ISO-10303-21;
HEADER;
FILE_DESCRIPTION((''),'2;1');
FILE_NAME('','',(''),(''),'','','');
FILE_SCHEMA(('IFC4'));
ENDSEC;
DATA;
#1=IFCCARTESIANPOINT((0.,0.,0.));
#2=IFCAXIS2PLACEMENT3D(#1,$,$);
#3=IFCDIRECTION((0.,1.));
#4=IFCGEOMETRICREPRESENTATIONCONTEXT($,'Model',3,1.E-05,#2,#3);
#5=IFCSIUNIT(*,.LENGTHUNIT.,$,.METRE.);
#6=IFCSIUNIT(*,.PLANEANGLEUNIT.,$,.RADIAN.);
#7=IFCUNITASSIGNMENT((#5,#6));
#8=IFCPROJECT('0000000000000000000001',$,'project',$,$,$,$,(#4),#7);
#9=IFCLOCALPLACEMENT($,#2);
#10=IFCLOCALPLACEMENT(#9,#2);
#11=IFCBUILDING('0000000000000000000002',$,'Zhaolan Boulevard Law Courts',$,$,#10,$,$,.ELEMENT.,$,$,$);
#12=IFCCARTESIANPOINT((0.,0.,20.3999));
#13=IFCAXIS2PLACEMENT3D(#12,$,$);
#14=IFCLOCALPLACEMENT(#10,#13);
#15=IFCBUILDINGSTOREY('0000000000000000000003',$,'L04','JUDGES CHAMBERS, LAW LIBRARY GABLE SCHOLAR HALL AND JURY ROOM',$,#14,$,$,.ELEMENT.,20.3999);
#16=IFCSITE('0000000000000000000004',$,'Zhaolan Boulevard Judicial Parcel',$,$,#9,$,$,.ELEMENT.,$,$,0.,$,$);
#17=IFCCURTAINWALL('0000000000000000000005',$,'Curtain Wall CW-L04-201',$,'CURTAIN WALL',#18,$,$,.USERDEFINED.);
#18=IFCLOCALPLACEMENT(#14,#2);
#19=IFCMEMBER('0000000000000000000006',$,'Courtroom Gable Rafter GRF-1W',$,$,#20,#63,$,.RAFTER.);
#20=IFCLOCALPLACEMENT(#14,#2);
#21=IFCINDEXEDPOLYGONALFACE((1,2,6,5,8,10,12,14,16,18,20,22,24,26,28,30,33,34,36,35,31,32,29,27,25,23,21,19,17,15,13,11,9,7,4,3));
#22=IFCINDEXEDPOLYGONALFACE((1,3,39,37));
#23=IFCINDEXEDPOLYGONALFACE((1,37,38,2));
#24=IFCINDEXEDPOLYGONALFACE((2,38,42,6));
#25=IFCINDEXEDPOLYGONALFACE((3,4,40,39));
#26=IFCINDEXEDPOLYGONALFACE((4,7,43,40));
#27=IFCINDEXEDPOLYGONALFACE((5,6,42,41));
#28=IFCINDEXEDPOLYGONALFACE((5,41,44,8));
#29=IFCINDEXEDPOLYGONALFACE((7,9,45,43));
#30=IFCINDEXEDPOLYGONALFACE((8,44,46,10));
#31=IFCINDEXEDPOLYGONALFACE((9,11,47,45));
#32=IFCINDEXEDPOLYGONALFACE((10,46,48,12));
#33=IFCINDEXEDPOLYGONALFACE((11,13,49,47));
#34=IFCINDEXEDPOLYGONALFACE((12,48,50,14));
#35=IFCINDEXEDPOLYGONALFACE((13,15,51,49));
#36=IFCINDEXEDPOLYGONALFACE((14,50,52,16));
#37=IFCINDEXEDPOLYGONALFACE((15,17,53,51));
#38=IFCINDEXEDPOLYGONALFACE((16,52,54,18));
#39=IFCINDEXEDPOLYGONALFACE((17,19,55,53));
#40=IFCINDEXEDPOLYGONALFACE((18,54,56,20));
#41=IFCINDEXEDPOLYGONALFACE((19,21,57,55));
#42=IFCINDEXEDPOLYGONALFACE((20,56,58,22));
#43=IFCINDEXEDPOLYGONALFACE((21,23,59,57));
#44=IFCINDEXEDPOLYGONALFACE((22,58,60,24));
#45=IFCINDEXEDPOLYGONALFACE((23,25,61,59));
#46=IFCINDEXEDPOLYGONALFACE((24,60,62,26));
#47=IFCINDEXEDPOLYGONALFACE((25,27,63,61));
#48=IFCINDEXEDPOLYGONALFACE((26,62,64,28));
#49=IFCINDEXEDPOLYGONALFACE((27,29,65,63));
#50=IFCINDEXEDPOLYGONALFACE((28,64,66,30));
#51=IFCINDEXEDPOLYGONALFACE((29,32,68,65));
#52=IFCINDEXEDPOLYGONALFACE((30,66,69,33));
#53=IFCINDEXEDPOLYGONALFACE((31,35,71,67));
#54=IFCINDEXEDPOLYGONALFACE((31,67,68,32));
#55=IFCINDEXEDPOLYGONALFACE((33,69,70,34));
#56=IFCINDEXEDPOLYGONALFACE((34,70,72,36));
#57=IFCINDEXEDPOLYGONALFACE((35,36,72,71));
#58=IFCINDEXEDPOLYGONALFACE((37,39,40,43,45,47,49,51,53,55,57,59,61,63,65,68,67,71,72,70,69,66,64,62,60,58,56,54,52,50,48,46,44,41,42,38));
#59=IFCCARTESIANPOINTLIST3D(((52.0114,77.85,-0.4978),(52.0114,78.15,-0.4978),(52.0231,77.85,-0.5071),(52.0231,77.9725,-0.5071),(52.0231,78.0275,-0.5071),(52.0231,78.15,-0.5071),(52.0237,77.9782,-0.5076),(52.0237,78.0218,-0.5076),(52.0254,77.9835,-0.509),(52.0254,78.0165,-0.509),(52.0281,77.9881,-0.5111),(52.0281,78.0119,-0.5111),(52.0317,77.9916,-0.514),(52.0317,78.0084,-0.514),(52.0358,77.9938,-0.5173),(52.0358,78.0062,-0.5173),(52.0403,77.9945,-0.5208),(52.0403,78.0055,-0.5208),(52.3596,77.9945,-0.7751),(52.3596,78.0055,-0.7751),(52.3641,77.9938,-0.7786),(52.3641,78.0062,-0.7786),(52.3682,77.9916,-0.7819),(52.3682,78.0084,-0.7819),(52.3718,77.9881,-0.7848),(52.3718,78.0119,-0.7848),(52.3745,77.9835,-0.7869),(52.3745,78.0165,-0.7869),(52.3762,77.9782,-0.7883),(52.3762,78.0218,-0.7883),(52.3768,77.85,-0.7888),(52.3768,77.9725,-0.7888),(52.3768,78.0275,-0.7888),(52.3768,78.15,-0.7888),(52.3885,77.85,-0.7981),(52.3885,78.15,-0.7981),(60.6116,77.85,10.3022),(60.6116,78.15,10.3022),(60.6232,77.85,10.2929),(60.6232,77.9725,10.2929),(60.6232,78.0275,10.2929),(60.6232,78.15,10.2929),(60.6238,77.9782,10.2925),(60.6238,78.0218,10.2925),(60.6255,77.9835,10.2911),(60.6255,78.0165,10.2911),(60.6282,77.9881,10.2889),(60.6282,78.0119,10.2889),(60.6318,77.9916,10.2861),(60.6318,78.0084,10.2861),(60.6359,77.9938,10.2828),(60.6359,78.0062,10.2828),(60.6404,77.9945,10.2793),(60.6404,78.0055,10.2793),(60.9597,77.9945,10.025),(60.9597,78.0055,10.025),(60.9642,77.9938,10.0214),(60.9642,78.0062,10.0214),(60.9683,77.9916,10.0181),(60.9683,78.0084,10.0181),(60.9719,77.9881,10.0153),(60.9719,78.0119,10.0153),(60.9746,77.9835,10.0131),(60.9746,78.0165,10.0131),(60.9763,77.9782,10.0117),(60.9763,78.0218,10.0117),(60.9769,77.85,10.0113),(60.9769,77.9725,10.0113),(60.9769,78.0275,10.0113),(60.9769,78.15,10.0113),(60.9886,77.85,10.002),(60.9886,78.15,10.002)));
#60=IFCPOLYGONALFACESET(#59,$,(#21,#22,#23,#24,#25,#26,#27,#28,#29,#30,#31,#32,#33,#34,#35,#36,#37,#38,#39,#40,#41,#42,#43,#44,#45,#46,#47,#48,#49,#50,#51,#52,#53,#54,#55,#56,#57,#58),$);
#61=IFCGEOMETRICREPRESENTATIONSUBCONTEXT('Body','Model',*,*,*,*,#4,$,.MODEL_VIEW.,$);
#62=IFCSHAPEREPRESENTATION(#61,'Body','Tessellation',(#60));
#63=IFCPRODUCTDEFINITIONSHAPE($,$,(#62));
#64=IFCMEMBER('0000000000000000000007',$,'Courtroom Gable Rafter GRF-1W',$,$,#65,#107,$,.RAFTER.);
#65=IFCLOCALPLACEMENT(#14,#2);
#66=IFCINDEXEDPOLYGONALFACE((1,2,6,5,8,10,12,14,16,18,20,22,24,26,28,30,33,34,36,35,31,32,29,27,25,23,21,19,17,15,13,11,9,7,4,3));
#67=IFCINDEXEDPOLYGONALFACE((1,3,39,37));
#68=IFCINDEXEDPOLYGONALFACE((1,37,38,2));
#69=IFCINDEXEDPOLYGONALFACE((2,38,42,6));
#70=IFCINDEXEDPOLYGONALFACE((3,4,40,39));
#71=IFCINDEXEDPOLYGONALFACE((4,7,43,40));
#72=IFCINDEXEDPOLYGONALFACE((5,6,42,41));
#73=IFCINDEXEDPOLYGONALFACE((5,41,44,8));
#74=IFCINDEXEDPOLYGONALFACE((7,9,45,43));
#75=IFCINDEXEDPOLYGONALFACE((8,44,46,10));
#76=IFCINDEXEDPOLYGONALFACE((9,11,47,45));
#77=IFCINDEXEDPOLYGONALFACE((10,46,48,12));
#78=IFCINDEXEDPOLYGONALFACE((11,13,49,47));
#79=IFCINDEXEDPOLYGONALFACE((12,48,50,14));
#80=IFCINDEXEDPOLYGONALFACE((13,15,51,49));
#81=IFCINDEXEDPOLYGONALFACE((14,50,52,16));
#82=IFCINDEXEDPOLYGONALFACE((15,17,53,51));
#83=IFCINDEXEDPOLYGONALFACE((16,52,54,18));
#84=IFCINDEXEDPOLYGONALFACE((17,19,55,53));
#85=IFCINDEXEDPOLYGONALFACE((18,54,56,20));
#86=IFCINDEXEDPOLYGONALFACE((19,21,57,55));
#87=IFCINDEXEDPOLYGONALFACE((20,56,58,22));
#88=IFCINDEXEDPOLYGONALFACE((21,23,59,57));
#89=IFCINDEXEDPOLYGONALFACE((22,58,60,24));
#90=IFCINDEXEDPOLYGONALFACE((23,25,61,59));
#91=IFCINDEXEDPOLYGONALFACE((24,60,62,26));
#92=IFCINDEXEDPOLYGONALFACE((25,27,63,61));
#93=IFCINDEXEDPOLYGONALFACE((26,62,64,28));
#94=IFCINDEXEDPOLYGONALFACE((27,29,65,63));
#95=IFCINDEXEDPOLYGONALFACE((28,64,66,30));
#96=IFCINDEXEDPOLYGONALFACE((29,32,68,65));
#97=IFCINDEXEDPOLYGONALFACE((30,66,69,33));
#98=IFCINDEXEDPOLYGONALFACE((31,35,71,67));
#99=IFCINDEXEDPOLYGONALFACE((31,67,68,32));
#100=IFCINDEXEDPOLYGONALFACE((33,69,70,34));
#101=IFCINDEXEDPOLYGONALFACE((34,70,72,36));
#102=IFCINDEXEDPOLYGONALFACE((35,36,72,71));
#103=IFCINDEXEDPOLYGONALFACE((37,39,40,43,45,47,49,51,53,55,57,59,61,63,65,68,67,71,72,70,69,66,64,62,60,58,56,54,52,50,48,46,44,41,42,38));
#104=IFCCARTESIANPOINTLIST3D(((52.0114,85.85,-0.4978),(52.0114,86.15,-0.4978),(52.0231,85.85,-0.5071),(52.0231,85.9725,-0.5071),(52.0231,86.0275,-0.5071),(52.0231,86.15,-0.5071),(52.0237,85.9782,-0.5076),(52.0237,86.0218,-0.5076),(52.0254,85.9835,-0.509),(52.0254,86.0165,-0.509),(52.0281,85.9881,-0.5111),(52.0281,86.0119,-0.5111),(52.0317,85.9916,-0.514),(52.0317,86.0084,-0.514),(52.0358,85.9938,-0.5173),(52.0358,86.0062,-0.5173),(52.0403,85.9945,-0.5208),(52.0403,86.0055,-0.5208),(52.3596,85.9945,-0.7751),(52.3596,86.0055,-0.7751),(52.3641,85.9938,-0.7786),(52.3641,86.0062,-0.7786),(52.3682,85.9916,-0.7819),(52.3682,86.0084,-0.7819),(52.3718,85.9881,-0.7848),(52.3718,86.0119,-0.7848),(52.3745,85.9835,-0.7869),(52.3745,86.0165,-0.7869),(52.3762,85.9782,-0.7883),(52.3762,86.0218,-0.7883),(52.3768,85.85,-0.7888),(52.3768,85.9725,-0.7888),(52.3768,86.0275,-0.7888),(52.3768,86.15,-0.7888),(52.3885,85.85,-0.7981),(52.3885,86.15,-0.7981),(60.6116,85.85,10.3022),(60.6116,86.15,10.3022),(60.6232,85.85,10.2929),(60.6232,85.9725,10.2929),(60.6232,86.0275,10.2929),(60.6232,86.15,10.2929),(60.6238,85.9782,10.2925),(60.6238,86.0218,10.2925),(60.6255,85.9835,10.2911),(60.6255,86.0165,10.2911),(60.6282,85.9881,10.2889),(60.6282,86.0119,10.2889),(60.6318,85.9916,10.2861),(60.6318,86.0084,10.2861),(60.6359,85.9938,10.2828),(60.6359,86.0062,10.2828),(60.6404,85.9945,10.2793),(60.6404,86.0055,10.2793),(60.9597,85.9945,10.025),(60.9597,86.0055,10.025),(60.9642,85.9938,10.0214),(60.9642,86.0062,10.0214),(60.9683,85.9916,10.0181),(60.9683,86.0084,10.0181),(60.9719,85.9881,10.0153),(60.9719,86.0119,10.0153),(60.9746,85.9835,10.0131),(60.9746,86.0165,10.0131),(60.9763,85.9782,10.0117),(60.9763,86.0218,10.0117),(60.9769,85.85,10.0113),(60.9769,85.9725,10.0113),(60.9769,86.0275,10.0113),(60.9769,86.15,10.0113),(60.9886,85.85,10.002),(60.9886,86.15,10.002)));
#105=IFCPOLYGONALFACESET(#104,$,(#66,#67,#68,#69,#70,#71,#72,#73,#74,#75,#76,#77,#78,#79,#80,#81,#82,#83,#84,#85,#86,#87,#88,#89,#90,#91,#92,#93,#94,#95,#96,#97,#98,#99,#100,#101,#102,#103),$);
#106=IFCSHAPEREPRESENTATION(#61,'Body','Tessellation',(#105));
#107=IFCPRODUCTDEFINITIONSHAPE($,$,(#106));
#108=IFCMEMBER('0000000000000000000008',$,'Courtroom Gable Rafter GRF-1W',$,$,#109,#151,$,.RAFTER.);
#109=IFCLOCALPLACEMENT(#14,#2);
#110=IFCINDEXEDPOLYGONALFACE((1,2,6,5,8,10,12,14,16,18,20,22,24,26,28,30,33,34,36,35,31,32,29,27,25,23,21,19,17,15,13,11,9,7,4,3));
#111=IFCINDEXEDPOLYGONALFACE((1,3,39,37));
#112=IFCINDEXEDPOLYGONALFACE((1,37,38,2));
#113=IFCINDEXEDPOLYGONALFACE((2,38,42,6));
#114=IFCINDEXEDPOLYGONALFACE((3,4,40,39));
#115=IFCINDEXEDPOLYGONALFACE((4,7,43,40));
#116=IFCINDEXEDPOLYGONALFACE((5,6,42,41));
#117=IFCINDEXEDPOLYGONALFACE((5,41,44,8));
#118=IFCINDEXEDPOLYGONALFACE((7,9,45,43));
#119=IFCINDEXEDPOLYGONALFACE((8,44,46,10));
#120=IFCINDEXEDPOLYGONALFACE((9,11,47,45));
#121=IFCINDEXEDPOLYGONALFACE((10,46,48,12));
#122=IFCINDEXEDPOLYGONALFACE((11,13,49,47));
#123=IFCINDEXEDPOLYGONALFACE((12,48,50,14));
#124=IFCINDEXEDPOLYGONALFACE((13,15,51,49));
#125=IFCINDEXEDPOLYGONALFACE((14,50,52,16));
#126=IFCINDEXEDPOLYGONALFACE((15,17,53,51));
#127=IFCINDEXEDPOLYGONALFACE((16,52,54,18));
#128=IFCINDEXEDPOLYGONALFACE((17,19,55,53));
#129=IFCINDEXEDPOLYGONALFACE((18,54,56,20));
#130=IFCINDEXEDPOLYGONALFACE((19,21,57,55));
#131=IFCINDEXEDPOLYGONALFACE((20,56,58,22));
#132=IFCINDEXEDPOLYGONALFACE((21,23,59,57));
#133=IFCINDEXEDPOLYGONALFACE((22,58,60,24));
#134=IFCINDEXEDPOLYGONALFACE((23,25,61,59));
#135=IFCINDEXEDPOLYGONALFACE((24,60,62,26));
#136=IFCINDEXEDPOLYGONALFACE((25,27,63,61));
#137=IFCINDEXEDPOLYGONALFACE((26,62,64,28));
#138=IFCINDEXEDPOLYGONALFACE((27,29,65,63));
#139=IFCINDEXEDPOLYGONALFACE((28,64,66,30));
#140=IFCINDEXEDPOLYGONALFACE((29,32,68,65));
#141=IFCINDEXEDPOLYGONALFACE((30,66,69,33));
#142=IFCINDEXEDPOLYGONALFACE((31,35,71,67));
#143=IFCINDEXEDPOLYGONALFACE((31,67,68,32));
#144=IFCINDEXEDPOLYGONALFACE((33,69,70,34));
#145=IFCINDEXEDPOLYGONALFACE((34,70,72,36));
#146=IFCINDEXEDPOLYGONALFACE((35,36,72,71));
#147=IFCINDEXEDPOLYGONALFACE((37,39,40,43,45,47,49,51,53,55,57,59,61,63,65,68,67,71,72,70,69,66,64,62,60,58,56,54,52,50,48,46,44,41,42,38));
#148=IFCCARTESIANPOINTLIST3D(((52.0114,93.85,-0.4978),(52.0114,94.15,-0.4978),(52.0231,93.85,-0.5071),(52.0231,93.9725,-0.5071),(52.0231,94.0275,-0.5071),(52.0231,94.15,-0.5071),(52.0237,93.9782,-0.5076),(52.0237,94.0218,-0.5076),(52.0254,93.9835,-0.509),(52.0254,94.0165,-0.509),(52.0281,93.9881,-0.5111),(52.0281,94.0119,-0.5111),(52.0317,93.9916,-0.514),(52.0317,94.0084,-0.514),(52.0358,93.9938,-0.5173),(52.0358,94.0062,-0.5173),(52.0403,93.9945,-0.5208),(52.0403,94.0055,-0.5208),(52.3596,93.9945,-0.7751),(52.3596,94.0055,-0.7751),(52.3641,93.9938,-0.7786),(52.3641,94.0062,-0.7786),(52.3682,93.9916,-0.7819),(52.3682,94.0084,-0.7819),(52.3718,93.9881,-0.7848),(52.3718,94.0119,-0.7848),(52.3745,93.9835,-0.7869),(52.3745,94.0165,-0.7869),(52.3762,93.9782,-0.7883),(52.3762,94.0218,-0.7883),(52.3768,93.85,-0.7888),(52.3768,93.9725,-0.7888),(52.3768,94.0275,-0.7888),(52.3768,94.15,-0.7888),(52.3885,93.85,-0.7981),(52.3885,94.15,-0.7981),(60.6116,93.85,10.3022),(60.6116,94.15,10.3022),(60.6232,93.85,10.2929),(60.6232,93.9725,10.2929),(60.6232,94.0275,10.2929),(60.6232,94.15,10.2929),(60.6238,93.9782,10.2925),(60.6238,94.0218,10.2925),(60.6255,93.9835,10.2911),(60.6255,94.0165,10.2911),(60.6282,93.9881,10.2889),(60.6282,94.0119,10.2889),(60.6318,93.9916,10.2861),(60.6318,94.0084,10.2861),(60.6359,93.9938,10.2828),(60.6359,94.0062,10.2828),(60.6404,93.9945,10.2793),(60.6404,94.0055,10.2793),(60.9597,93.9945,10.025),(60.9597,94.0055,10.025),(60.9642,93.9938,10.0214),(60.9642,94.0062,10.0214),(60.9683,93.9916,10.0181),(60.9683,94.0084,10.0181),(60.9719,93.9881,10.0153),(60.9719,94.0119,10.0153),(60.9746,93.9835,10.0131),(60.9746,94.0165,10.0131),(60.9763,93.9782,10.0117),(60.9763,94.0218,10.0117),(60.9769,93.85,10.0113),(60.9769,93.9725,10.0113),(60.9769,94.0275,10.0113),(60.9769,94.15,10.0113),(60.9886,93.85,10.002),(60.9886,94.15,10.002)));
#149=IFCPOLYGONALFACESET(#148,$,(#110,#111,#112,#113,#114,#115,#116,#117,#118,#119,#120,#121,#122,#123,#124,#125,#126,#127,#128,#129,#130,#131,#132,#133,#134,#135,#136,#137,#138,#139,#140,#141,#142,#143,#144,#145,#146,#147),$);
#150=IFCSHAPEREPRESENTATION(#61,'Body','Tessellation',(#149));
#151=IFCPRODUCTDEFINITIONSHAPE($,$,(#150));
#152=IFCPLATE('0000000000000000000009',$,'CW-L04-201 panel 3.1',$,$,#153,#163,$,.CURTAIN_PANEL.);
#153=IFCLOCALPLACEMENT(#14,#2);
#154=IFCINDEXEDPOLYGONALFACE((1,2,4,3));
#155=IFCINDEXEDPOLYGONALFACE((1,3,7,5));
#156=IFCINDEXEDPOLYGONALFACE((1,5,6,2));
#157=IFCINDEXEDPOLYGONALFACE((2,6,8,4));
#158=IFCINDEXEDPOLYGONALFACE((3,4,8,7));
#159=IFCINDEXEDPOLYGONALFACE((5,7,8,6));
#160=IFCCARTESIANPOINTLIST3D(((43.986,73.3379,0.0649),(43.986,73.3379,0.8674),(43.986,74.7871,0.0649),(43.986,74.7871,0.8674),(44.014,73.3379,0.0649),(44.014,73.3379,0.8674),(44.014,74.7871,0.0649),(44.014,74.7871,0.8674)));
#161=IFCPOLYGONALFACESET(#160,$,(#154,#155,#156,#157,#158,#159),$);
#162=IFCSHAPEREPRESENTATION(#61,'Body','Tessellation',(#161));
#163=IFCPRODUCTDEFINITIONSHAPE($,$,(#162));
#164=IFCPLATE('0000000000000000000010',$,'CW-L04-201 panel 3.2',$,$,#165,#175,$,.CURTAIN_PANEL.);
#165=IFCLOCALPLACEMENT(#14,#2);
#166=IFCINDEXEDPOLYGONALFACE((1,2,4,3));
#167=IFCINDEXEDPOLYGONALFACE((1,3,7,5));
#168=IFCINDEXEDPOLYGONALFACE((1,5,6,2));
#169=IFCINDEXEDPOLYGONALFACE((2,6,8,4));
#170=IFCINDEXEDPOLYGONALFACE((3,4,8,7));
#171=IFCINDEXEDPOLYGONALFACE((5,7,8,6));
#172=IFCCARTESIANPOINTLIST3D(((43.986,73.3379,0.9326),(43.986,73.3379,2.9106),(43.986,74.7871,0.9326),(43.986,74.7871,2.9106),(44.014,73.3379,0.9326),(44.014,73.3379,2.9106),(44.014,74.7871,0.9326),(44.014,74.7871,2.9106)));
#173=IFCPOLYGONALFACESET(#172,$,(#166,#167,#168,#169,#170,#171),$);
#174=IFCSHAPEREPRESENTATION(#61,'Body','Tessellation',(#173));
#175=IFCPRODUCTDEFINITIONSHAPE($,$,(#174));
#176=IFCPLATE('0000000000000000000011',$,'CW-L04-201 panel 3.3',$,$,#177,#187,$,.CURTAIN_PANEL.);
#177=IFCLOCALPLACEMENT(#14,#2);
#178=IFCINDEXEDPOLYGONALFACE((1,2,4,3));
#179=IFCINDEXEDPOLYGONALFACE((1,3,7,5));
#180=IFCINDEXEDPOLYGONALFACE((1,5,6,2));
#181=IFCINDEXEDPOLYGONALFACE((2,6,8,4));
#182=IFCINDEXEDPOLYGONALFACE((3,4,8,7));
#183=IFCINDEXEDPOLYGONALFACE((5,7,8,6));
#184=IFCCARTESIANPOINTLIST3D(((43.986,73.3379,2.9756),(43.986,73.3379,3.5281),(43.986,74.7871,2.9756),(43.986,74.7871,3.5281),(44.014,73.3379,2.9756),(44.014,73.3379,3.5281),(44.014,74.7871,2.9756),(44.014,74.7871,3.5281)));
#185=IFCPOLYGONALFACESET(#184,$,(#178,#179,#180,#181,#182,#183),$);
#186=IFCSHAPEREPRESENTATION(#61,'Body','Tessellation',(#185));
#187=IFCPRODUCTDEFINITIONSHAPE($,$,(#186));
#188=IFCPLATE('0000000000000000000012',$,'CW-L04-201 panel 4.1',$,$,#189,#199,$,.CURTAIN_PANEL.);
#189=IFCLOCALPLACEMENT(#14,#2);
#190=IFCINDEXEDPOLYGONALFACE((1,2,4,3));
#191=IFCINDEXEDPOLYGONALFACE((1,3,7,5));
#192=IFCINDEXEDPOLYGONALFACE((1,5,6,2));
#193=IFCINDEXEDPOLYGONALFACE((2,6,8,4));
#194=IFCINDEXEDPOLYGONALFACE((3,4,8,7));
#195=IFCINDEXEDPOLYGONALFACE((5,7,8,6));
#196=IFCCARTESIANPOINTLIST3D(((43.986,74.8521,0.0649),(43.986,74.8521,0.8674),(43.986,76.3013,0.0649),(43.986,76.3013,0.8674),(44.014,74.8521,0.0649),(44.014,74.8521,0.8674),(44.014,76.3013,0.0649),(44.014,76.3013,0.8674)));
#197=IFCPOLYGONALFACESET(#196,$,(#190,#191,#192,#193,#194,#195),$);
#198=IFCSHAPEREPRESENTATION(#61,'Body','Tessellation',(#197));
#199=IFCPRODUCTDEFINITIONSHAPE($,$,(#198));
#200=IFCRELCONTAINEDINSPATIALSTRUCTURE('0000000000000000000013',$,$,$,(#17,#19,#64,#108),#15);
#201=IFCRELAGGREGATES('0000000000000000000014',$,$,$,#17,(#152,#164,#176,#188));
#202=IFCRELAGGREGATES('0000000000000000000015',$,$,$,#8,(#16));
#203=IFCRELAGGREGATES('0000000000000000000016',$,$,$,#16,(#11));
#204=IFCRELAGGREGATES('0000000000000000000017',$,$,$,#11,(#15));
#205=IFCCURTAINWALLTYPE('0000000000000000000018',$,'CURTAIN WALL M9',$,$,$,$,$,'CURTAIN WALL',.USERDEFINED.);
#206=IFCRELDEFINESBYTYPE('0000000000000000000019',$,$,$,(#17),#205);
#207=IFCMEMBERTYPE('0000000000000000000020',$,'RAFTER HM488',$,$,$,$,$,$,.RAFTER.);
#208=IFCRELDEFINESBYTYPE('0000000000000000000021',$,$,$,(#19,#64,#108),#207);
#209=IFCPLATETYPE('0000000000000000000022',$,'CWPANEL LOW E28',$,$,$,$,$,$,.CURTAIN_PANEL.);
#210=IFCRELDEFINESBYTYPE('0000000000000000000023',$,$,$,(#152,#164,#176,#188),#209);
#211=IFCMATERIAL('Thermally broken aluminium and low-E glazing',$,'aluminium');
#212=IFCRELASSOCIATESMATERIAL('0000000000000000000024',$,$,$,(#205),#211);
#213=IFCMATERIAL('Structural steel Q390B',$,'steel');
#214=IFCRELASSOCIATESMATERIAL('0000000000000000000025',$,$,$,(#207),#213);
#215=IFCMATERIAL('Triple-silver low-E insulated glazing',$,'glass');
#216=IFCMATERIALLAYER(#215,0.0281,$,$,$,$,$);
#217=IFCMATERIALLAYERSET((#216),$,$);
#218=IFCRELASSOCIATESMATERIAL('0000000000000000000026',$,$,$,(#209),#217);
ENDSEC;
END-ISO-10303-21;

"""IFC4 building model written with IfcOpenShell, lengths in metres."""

from ifc_helpers import new_model, si_unit, direction, frame, origin, origin_2d, place, context, subcontext, project, spatial, rectangle, i_section, extrude, material, layer, layer_set, material_profile, profile_set, type_object, element, aggregate, save


model = new_model("IFC4")

# Units and contexts
model_context = context("Model", 3, precision=1e-05, world=origin(), true_north=direction((0.0, 1.0)))
body_context = subcontext(model_context, "Body", "Model", "MODEL_VIEW")
ifc_project = project(units=[si_unit("LENGTHUNIT", "METRE"), si_unit("PLANEANGLEUNIT", "RADIAN")], contexts=[model_context])

# Site, building, storey
site_placement = place(None, origin())
site = spatial("IfcSite", under=ifc_project, at=site_placement, Name="Zhaolan Boulevard Judicial Parcel", CompositionType="ELEMENT", RefElevation=0.0)
building_placement = place(site_placement, origin())
building = spatial("IfcBuilding", under=site, at=building_placement, Name="Zhaolan Boulevard Law Courts", CompositionType="ELEMENT")
storey_placement = place(building_placement, frame((0.0, 0.0, 20.3999)))
storey = spatial("IfcBuildingStorey", under=building, at=storey_placement, Name="L04", Description="JUDGES CHAMBERS, LAW LIBRARY GABLE SCHOLAR HALL AND JURY ROOM", CompositionType="ELEMENT", Elevation=20.3999)

# Curtain wall
ifc_material_1 = material(Name="Thermally broken aluminium and low-E glazing", Category="aluminium")
curtain_wall_type = type_object("IfcCurtainWallType", Name="CURTAIN WALL M9", ElementType="CURTAIN WALL", PredefinedType="USERDEFINED", material=ifc_material_1)
curtain_wall_placement = place(storey_placement, origin())
curtain_wall = element("IfcCurtainWall", 1, at=curtain_wall_placement, inside=storey, type_object=curtain_wall_type, Name="Curtain Wall CW-L04-201", ObjectType="CURTAIN WALL", PredefinedType="USERDEFINED")

# Members
ifc_material_2 = material(Name="Structural steel Q390B", Category="steel")
ifc_material_profile_1 = material_profile(ifc_material_2, i_section(OverallWidth=0.3, OverallDepth=0.4819, WebThickness=0.011, FlangeThickness=0.0149, FilletRadius=0.022, at=origin_2d()), Name="HM482x300")
ifc_profile_set_1 = profile_set([ifc_material_profile_1], Name="Structural steel Q390B")
member_type_1 = type_object("IfcMemberType", Name="RAFTER HM488", PredefinedType="RAFTER", material=ifc_profile_set_1)
for number, where, z_axis, x_axis, name in (
    (2, (52.2, 78.0, -0.6479), (0.622929, 0.0, 0.782278), (0.0, 1.0, 0.0), "Courtroom Gable Rafter GRF-1W"),
    (3, (52.2, 86.0, -0.6479), (0.622929, 0.0, 0.782278), (0.0, 1.0, 0.0), "Courtroom Gable Rafter GRF-1W"),
    (4, (52.2, 94.0, -0.6479), (0.622929, 0.0, 0.782278), (0.0, 1.0, 0.0), "Courtroom Gable Rafter GRF-1W"),
):
    element("IfcMember", number, at=place(storey_placement, frame(where, z_axis=z_axis, x_axis=x_axis)), inside=storey, type_object=member_type_1, Name=name, PredefinedType="RAFTER", context=body_context, shape_type="SweptSolid", body=[
        extrude(i_section(OverallWidth=0.3, OverallDepth=0.4819, WebThickness=0.011, FlangeThickness=0.0149, FilletRadius=0.022, at=origin_2d()), origin(), (0.0, 0.0, 1.0), 13.8059),
    ])

# Plates
ifc_material_3 = material(Name="Triple-silver low-E insulated glazing", Category="glass")
ifc_layer_1 = layer(ifc_material_3, 0.0281)
ifc_layer_set_1 = layer_set([ifc_layer_1])
plate_type_1 = type_object("IfcPlateType", Name="CWPANEL LOW E28", PredefinedType="CURTAIN_PANEL", material=ifc_layer_set_1)
plate_1_placement = place(storey_placement, frame((44.0, 74.0625, 0.0649), z_axis=(0.0, 0.0, 1.0), x_axis=(0.0, 1.0, 0.0)))
plate_1 = element("IfcPlate", 5, at=plate_1_placement, type_object=plate_type_1, Name="CW-L04-201 panel 3.1", PredefinedType="CURTAIN_PANEL", context=body_context, shape_type="SweptSolid", body=[
    extrude(rectangle(XDim=1.4492, YDim=0.0281, at=origin_2d()), origin(), (0.0, 0.0, 1.0), 0.8025),
])
plate_2_placement = place(storey_placement, frame((44.0, 74.0625, 0.9326), z_axis=(0.0, 0.0, 1.0), x_axis=(0.0, 1.0, 0.0)))
plate_2 = element("IfcPlate", 6, at=plate_2_placement, type_object=plate_type_1, Name="CW-L04-201 panel 3.2", PredefinedType="CURTAIN_PANEL", context=body_context, shape_type="SweptSolid", body=[
    extrude(rectangle(XDim=1.4492, YDim=0.0281, at=origin_2d()), origin(), (0.0, 0.0, 1.0), 1.978),
])
plate_3_placement = place(storey_placement, frame((44.0, 74.0625, 2.9756), z_axis=(0.0, 0.0, 1.0), x_axis=(0.0, 1.0, 0.0)))
plate_3 = element("IfcPlate", 7, at=plate_3_placement, type_object=plate_type_1, Name="CW-L04-201 panel 3.3", PredefinedType="CURTAIN_PANEL", context=body_context, shape_type="SweptSolid", body=[
    extrude(rectangle(XDim=1.4492, YDim=0.0281, at=origin_2d()), origin(), (0.0, 0.0, 1.0), 0.5525),
])
plate_4_placement = place(storey_placement, frame((44.0, 75.5767, 0.0649), z_axis=(0.0, 0.0, 1.0), x_axis=(0.0, 1.0, 0.0)))
plate_4 = element("IfcPlate", 8, at=plate_4_placement, type_object=plate_type_1, Name="CW-L04-201 panel 4.1", PredefinedType="CURTAIN_PANEL", context=body_context, shape_type="SweptSolid", body=[
    extrude(rectangle(XDim=1.4492, YDim=0.0281, at=origin_2d()), origin(), (0.0, 0.0, 1.0), 0.8025),
])
aggregate(curtain_wall, [plate_1, plate_2, plate_3, plate_4])

save(model, "model.ifc")
